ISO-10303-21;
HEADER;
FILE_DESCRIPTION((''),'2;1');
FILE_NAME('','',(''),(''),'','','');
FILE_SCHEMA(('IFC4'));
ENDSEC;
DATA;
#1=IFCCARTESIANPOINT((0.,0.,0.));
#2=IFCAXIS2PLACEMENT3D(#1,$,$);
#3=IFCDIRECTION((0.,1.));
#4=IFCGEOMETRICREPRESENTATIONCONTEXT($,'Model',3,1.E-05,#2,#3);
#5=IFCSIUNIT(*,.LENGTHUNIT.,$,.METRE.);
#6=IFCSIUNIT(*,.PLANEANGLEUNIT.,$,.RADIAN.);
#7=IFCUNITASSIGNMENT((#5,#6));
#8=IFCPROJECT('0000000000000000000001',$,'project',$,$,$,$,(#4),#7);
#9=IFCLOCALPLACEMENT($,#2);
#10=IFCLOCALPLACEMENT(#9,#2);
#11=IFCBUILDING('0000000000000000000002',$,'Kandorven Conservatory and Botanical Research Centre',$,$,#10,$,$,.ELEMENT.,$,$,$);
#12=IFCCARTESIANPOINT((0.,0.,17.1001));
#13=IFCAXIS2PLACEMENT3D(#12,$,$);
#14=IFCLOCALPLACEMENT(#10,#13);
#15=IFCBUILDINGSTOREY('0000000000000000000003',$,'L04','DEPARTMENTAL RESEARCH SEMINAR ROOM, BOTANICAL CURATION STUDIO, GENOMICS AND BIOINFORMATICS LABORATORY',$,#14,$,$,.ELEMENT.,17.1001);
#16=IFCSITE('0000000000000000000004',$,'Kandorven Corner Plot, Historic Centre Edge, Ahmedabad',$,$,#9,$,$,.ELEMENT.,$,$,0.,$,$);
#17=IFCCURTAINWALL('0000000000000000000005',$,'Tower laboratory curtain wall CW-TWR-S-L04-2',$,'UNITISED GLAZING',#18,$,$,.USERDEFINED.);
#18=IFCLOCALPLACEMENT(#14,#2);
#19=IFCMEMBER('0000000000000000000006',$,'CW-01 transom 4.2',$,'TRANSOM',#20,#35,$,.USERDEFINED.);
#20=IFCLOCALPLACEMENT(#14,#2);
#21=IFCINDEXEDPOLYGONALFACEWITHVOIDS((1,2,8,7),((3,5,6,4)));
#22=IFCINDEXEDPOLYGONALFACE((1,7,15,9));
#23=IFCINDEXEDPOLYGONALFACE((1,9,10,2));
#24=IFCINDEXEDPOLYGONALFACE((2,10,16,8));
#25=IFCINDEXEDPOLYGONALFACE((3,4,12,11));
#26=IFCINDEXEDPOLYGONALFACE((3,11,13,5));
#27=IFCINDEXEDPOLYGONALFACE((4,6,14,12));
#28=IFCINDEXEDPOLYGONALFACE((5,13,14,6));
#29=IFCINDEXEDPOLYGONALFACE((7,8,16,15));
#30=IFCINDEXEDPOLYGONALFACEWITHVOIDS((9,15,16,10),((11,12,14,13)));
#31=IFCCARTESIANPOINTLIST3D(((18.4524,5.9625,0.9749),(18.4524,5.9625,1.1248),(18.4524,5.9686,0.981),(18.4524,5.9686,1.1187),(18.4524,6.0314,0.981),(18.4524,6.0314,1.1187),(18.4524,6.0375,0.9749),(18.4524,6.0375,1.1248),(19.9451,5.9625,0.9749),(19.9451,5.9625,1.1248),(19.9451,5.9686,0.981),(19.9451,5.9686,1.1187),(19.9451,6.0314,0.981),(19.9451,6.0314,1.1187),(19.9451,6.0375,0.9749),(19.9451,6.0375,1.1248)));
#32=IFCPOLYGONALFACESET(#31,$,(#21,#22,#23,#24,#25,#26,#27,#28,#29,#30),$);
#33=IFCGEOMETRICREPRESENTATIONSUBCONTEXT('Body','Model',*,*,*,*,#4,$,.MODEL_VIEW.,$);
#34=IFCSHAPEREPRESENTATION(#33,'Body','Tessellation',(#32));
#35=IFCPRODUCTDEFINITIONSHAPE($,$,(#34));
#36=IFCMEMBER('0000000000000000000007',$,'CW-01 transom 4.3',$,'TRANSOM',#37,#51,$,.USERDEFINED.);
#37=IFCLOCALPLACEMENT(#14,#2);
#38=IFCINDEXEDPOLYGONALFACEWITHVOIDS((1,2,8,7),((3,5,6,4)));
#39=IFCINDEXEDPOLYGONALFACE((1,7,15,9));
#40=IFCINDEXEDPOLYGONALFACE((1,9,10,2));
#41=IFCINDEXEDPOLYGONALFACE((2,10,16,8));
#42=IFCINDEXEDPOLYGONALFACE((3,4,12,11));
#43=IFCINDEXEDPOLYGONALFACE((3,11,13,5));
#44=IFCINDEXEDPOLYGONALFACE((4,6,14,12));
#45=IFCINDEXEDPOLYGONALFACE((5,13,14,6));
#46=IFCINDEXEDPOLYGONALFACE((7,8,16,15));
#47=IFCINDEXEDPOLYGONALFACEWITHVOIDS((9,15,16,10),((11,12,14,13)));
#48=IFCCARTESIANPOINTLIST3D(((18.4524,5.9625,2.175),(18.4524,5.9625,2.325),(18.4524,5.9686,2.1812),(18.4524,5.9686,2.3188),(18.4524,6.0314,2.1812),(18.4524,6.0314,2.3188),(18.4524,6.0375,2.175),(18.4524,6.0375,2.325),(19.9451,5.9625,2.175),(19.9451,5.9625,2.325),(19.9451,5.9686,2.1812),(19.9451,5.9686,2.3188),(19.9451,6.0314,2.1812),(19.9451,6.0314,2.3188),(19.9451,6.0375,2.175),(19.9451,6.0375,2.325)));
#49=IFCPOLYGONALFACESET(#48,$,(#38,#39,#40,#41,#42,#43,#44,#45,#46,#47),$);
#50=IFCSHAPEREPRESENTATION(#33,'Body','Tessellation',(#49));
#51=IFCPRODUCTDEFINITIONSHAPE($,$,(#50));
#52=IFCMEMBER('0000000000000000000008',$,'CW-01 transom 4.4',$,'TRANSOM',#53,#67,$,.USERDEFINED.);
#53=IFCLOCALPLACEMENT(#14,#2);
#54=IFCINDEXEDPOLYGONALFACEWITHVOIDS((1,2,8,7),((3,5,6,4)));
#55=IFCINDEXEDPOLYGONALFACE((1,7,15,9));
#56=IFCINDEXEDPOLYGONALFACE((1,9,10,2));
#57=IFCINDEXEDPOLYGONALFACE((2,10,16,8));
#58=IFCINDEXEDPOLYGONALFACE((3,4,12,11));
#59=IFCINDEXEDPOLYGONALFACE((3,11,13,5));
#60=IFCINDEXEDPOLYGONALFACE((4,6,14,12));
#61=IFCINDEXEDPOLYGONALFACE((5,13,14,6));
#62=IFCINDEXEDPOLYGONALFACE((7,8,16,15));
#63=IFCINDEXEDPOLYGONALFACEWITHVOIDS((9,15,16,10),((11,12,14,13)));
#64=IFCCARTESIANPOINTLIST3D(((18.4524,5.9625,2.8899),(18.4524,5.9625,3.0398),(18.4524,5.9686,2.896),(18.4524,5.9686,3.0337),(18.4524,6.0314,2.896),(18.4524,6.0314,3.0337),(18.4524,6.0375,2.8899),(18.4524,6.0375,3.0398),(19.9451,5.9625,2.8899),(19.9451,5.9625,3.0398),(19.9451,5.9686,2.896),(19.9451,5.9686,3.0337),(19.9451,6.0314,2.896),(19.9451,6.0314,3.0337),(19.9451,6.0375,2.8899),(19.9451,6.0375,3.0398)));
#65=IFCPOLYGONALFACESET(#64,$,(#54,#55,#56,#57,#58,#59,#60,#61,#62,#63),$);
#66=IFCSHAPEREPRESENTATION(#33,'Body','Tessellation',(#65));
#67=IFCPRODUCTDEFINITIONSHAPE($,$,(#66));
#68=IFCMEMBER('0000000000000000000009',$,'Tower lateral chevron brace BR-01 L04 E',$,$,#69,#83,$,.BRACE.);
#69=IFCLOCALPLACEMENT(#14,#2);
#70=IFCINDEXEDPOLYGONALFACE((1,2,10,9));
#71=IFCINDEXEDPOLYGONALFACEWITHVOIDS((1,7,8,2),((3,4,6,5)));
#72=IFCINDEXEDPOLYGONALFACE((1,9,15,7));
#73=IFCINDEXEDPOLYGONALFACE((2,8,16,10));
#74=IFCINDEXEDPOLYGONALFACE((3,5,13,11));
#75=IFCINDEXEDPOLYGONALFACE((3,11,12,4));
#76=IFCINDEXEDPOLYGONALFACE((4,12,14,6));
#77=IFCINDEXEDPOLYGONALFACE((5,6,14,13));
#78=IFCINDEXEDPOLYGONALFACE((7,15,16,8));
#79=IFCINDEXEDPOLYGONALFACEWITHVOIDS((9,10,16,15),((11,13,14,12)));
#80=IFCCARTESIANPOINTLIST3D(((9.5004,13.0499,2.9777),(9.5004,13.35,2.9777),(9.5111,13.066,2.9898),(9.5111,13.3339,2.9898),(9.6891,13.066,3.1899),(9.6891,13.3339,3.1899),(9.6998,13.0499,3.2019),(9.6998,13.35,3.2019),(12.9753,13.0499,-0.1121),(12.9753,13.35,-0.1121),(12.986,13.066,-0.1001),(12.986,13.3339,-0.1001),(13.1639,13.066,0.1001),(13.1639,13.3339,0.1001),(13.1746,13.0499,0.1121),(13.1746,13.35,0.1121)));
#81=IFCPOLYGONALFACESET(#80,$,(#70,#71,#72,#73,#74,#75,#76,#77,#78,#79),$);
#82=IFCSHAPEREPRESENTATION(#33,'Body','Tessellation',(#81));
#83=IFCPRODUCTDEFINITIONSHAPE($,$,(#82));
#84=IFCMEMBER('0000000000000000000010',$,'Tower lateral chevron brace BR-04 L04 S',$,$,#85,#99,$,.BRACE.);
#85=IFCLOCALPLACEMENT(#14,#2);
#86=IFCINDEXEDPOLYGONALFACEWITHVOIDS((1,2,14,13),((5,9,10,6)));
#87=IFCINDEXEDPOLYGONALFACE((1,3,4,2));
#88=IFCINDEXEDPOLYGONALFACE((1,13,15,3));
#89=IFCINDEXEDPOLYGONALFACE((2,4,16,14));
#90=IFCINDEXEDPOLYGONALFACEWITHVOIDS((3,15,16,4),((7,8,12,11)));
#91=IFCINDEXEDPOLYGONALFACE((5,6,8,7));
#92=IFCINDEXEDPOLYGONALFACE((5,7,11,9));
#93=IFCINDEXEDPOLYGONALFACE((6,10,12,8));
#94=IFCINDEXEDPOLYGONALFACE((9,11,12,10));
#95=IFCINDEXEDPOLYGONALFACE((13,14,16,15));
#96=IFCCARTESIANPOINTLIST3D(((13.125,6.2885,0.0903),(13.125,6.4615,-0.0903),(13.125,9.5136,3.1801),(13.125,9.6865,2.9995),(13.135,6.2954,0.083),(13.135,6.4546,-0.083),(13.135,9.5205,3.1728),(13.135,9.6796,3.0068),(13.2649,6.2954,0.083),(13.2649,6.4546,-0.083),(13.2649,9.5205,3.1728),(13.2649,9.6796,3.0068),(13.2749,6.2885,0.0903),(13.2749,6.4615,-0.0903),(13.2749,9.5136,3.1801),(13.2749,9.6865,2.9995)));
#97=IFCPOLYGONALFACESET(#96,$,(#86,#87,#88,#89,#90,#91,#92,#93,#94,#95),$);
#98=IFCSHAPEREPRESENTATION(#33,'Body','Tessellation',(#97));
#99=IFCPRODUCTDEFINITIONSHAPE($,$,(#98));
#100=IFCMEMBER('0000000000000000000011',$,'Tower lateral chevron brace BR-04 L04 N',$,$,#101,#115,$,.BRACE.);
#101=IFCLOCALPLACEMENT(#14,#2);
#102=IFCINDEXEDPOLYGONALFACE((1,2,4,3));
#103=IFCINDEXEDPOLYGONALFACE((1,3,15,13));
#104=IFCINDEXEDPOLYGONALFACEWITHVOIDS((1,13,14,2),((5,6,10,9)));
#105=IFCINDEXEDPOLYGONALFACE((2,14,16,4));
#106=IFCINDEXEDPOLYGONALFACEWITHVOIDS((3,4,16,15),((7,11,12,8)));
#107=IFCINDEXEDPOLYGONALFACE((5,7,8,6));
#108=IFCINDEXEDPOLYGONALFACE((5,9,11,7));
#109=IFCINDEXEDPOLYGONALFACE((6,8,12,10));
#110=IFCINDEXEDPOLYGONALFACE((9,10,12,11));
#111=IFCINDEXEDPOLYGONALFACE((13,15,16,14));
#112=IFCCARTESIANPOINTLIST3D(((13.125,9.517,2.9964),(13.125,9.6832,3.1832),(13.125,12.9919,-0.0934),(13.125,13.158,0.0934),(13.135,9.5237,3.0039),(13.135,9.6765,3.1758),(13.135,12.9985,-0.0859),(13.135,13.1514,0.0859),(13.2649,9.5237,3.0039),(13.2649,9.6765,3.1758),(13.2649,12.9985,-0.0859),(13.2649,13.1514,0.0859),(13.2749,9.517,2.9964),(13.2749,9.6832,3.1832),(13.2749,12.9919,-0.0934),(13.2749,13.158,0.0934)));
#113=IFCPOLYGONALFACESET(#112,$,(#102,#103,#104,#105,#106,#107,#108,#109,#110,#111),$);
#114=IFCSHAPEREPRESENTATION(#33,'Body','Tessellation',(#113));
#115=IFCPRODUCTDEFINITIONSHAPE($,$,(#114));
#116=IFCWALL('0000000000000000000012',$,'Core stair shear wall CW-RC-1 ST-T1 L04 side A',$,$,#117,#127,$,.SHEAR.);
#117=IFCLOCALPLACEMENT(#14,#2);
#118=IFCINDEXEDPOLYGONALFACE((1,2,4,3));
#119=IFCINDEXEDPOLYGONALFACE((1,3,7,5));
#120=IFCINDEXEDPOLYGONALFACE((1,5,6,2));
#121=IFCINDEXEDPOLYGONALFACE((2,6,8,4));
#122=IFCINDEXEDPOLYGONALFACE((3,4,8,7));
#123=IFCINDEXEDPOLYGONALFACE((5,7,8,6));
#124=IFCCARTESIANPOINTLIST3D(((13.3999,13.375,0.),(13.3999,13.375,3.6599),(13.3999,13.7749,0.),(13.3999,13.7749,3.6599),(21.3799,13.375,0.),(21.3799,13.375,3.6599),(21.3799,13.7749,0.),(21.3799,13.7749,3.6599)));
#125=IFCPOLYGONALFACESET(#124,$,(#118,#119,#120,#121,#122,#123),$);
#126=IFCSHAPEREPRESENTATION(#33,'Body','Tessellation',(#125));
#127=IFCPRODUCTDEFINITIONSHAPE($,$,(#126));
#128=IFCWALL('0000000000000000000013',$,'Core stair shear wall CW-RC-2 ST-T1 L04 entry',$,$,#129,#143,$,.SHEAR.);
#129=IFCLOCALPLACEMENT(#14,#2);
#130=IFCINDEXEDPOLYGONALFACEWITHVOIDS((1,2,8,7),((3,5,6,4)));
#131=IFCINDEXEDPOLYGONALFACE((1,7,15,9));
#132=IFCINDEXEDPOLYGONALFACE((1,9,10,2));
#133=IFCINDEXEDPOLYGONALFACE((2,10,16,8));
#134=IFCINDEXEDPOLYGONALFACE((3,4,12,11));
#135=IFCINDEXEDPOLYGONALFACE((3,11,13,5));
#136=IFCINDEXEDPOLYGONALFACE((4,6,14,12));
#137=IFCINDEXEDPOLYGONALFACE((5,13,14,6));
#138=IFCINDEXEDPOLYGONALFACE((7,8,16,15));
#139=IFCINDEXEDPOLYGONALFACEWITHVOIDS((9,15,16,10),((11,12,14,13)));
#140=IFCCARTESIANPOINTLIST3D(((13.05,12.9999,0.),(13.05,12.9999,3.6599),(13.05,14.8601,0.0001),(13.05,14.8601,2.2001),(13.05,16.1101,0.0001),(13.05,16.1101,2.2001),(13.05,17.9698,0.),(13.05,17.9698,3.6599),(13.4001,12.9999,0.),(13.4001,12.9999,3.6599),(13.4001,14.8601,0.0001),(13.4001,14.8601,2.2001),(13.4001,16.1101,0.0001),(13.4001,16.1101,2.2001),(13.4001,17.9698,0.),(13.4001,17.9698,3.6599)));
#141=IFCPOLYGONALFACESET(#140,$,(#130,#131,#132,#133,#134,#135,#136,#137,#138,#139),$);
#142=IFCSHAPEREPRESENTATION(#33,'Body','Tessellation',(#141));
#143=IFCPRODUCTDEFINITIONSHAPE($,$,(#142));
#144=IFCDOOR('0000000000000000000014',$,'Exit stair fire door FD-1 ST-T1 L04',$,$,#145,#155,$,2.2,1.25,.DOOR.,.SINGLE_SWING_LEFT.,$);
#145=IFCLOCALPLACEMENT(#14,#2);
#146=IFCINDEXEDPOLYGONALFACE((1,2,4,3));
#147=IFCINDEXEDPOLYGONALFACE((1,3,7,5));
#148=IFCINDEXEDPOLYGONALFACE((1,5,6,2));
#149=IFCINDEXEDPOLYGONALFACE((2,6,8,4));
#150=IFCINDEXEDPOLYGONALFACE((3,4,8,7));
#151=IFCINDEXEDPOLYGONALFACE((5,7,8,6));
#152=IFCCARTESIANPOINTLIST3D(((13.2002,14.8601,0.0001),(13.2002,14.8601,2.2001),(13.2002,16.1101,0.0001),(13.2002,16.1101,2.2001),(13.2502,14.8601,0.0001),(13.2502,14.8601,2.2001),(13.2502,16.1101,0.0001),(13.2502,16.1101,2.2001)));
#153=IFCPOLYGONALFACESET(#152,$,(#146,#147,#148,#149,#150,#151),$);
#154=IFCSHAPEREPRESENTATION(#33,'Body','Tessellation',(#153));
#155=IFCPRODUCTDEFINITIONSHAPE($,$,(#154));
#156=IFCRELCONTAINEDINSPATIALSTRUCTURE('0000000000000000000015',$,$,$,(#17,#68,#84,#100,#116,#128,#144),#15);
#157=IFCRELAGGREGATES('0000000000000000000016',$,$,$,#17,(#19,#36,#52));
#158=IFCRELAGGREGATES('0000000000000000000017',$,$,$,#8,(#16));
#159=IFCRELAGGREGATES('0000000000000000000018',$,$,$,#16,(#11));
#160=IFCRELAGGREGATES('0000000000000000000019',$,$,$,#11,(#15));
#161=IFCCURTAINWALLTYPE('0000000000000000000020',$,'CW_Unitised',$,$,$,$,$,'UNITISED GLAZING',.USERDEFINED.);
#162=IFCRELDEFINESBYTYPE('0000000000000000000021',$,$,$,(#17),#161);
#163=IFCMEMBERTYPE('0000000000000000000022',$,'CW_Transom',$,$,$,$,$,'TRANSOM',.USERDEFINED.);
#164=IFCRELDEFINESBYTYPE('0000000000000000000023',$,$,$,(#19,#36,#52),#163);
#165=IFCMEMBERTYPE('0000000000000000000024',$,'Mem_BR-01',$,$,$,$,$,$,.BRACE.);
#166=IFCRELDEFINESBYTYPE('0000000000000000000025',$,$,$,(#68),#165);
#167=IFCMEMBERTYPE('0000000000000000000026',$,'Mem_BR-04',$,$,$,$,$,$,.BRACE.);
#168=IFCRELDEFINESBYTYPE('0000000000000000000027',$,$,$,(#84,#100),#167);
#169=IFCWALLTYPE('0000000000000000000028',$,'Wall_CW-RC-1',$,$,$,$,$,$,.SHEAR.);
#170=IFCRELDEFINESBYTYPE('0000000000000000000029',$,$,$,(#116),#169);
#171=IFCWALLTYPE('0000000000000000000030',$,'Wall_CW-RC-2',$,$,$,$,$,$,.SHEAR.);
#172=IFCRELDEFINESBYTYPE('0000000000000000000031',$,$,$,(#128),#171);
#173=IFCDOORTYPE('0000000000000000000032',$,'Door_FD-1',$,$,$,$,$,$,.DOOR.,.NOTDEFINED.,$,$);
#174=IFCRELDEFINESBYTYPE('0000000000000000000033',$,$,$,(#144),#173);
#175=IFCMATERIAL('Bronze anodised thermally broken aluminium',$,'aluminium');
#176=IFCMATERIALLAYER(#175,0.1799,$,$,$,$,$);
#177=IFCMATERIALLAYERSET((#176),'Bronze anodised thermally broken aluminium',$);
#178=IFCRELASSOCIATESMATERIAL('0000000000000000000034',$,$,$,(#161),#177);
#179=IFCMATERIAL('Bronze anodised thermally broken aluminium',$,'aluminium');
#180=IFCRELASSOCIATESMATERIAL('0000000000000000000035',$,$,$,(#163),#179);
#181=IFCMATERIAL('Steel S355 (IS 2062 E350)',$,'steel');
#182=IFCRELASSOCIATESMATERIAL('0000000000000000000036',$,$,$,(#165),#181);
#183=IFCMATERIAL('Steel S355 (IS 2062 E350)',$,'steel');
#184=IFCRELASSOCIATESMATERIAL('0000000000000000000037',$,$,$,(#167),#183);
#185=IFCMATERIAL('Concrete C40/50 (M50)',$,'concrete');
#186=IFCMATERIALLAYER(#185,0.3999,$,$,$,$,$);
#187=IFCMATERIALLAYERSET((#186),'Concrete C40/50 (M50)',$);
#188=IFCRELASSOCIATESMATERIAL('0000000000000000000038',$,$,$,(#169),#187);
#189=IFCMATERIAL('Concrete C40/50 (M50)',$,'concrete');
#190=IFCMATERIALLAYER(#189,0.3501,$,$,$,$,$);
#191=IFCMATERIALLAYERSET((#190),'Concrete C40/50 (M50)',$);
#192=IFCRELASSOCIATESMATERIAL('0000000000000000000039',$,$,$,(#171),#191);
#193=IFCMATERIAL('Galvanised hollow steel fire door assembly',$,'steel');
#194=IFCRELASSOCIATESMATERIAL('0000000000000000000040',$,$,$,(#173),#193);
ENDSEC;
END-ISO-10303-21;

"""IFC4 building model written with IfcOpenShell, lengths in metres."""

from ifc_helpers import new_model, si_unit, direction, frame, frame_2d, origin, origin_2d, place, context, subcontext, project, spatial, rectangle, hollow_rectangle, extrude, material, layer, layer_set, material_profile, profile_set, type_object, element, fill, aggregate, save


model = new_model("IFC4")

# Units and contexts
model_context = context("Model", 3, precision=1e-05, world=origin(), true_north=direction((0.0, 1.0)))
body_context = subcontext(model_context, "Body", "Model", "MODEL_VIEW")
ifc_project = project(units=[si_unit("LENGTHUNIT", "METRE"), si_unit("PLANEANGLEUNIT", "RADIAN")], contexts=[model_context])

# Site, building, storey
site_placement = place(None, origin())
site = spatial("IfcSite", under=ifc_project, at=site_placement, Name="Kandorven Corner Plot, Historic Centre Edge, Ahmedabad", CompositionType="ELEMENT", RefElevation=0.0)
building_placement = place(site_placement, origin())
building = spatial("IfcBuilding", under=site, at=building_placement, Name="Kandorven Conservatory and Botanical Research Centre", CompositionType="ELEMENT")
storey_placement = place(building_placement, frame((0.0, 0.0, 17.1001)))
storey = spatial("IfcBuildingStorey", under=building, at=storey_placement, Name="L04", Description="DEPARTMENTAL RESEARCH SEMINAR ROOM, BOTANICAL CURATION STUDIO, GENOMICS AND BIOINFORMATICS LABORATORY", CompositionType="ELEMENT", Elevation=17.1001)

# Curtain wall, members
ifc_material_1 = material(Name="Bronze anodised thermally broken aluminium", Category="aluminium")
ifc_layer_1 = layer(ifc_material_1, 0.1799)
ifc_layer_set_1 = layer_set([ifc_layer_1], Name="Bronze anodised thermally broken aluminium")
curtain_wall_type = type_object("IfcCurtainWallType", Name="CW_Unitised", ElementType="UNITISED GLAZING", PredefinedType="USERDEFINED", material=ifc_layer_set_1)
curtain_wall_placement = place(storey_placement, origin())
curtain_wall = element("IfcCurtainWall", 1, at=curtain_wall_placement, inside=storey, type_object=curtain_wall_type, Name="Tower laboratory curtain wall CW-TWR-S-L04-2", ObjectType="UNITISED GLAZING", PredefinedType="USERDEFINED")
ifc_material_2 = material(Name="Bronze anodised thermally broken aluminium", Category="aluminium")
ifc_material_profile_1 = material_profile(ifc_material_2, hollow_rectangle(XDim=0.075, YDim=0.1499, WallThickness=0.0061, at=origin_2d()))
ifc_profile_set_1 = profile_set([ifc_material_profile_1], Name="Bronze anodised thermally broken aluminium")
member_type_1 = type_object("IfcMemberType", Name="CW_Transom", ElementType="TRANSOM", PredefinedType="USERDEFINED", material=ifc_profile_set_1)
member_1_placement = place(storey_placement, frame((18.4524, 6.0, 1.0498), z_axis=(1.0, 0.0, 0.0), x_axis=(0.0, 1.0, 0.0)))
member_1 = element("IfcMember", 2, at=member_1_placement, type_object=member_type_1, Name="CW-01 transom 4.2", ObjectType="TRANSOM", PredefinedType="USERDEFINED", context=body_context, shape_type="SweptSolid", body=[
    extrude(hollow_rectangle(XDim=0.075, YDim=0.1499, WallThickness=0.0061, at=origin_2d()), origin(), (0.0, 0.0, 1.0), 1.4927),
])
member_2_placement = place(storey_placement, frame((18.4524, 6.0, 2.25), z_axis=(1.0, 0.0, 0.0), x_axis=(0.0, 1.0, 0.0)))
member_2 = element("IfcMember", 3, at=member_2_placement, type_object=member_type_1, Name="CW-01 transom 4.3", ObjectType="TRANSOM", PredefinedType="USERDEFINED", context=body_context, shape_type="SweptSolid", body=[
    extrude(hollow_rectangle(XDim=0.075, YDim=0.1499, WallThickness=0.0061, at=origin_2d()), origin(), (0.0, 0.0, 1.0), 1.4927),
])
member_3_placement = place(storey_placement, frame((18.4524, 6.0, 2.9648), z_axis=(1.0, 0.0, 0.0), x_axis=(0.0, 1.0, 0.0)))
member_3 = element("IfcMember", 4, at=member_3_placement, type_object=member_type_1, Name="CW-01 transom 4.4", ObjectType="TRANSOM", PredefinedType="USERDEFINED", context=body_context, shape_type="SweptSolid", body=[
    extrude(hollow_rectangle(XDim=0.075, YDim=0.1499, WallThickness=0.0061, at=origin_2d()), origin(), (0.0, 0.0, 1.0), 1.4927),
])
aggregate(curtain_wall, [member_1, member_2, member_3])

# Members
ifc_material_3 = material(Name="Steel S355 (IS 2062 E350)", Category="steel")
ifc_material_profile_2 = material_profile(ifc_material_3, hollow_rectangle(XDim=0.3, YDim=0.3, WallThickness=0.0161, at=origin_2d()))
ifc_profile_set_2 = profile_set([ifc_material_profile_2], Name="Steel S355 (IS 2062 E350)")
member_type_2 = type_object("IfcMemberType", Name="Mem_BR-01", PredefinedType="BRACE", material=ifc_profile_set_2)
member_4_placement = place(storey_placement, frame((13.075, 13.2, 0.0), z_axis=(-0.747293, 0.0, 0.664494), x_axis=(0.0, -1.0, 0.0)))
element("IfcMember", 5, at=member_4_placement, inside=storey, type_object=member_type_2, Name="Tower lateral chevron brace BR-01 L04 E", PredefinedType="BRACE", context=body_context, shape_type="SweptSolid", body=[
    extrude(hollow_rectangle(XDim=0.3, YDim=0.3, WallThickness=0.0161, at=origin_2d()), origin(), (0.0, 0.0, 1.0), 4.6499),
])
ifc_material_4 = material(Name="Steel S355 (IS 2062 E350)", Category="steel")
ifc_material_profile_3 = material_profile(ifc_material_4, hollow_rectangle(XDim=0.1499, YDim=0.25, WallThickness=0.01, at=origin_2d()))
ifc_profile_set_3 = profile_set([ifc_material_profile_3], Name="Steel S355 (IS 2062 E350)")
member_type_3 = type_object("IfcMemberType", Name="Mem_BR-04", PredefinedType="BRACE", material=ifc_profile_set_3)
member_5_placement = place(storey_placement, frame((13.2, 6.375, 0.0), z_axis=(0.0, 0.722086, 0.691803), x_axis=(-1.0, 0.0, 0.0)))
element("IfcMember", 6, at=member_5_placement, inside=storey, type_object=member_type_3, Name="Tower lateral chevron brace BR-04 L04 S", PredefinedType="BRACE", context=body_context, shape_type="SweptSolid", body=[
    extrude(hollow_rectangle(XDim=0.1499, YDim=0.25, WallThickness=0.01, at=origin_2d()), origin(), (0.0, 0.0, 1.0), 4.4663),
])
member_6_placement = place(storey_placement, frame((13.2, 13.075, 0.0), z_axis=(0.0, -0.747293, 0.664494), x_axis=(1.0, 0.0, 0.0)))
element("IfcMember", 7, at=member_6_placement, inside=storey, type_object=member_type_3, Name="Tower lateral chevron brace BR-04 L04 N", PredefinedType="BRACE", context=body_context, shape_type="SweptSolid", body=[
    extrude(hollow_rectangle(XDim=0.1499, YDim=0.25, WallThickness=0.01, at=origin_2d()), origin(), (0.0, 0.0, 1.0), 4.6499),
])

# Wall
ifc_material_5 = material(Name="Concrete C40/50 (M50)", Category="concrete")
ifc_layer_2 = layer(ifc_material_5, 0.3999)
ifc_layer_set_2 = layer_set([ifc_layer_2], Name="Concrete C40/50 (M50)")
wall_type_1 = type_object("IfcWallType", Name="Wall_CW-RC-1", PredefinedType="SHEAR", material=ifc_layer_set_2)
wall_1_placement = place(storey_placement, frame((13.3999, 13.575, 0.0), z_axis=(0.0, 0.0, 1.0), x_axis=(1.0, 0.0, 0.0)))
element("IfcWall", 8, at=wall_1_placement, inside=storey, type_object=wall_type_1, Name="Core stair shear wall CW-RC-1 ST-T1 L04 side A", PredefinedType="SHEAR", context=body_context, shape_type="SweptSolid", body=[
    extrude(rectangle(XDim=7.98, YDim=0.3999, at=frame_2d((3.99, 0.0))), origin(), (0.0, 0.0, 1.0), 3.6599),
])

# Wall, opening, door
ifc_material_6 = material(Name="Concrete C40/50 (M50)", Category="concrete")
ifc_layer_3 = layer(ifc_material_6, 0.3501)
ifc_layer_set_3 = layer_set([ifc_layer_3], Name="Concrete C40/50 (M50)")
wall_type_2 = type_object("IfcWallType", Name="Wall_CW-RC-2", PredefinedType="SHEAR", material=ifc_layer_set_3)
wall_2_placement = place(storey_placement, frame((13.2251, 13.0, 0.0), z_axis=(0.0, 0.0, 1.0), x_axis=(0.0, 1.0, 0.0)))
wall_2 = element("IfcWall", 9, at=wall_2_placement, inside=storey, type_object=wall_type_2, Name="Core stair shear wall CW-RC-2 ST-T1 L04 entry", PredefinedType="SHEAR", context=body_context, shape_type="SweptSolid", body=[
    extrude(rectangle(XDim=4.97, YDim=0.3501, at=frame_2d((2.4849, 0.0))), origin(), (0.0, 0.0, 1.0), 3.6599),
])
opening_1_placement = place(wall_2_placement, frame((1.8601, 0.0, 0.0)))
opening_1 = element("IfcOpeningElement", 10, at=opening_1_placement, cuts=wall_2, PredefinedType="OPENING", context=body_context, shape_type="SweptSolid", body=[
    extrude(rectangle(XDim=1.25, YDim=2.2, at=frame_2d((0.625, 1.1001))), frame((0.0, 0.1851, 0.0), z_axis=(0.0, -1.0, 0.0), x_axis=(1.0, 0.0, 0.0)), (0.0, 0.0, 1.0), 0.3701),
])
ifc_material_7 = material(Name="Galvanised hollow steel fire door assembly", Category="steel")
door_type_1 = type_object("IfcDoorType", Name="Door_FD-1", OperationType="NOTDEFINED", PredefinedType="DOOR", material=ifc_material_7)
door_1_placement = place(opening_1_placement, origin())
door_1 = element("IfcDoor", 11, at=door_1_placement, inside=storey, type_object=door_type_1, Name="Exit stair fire door FD-1 ST-T1 L04", OperationType="SINGLE_SWING_LEFT", OverallHeight=2.2, OverallWidth=1.25, PredefinedType="DOOR", context=body_context, shape_type="SweptSolid", body=[
    extrude(rectangle(XDim=1.25, YDim=2.2, at=frame_2d((0.625, 1.1001))), frame((0.0, 0.0249, 0.0), z_axis=(0.0, -1.0, 0.0), x_axis=(1.0, 0.0, 0.0)), (0.0, 0.0, 1.0), 0.05),
])
fill(opening_1, door_1)

save(model, "model.ifc")
